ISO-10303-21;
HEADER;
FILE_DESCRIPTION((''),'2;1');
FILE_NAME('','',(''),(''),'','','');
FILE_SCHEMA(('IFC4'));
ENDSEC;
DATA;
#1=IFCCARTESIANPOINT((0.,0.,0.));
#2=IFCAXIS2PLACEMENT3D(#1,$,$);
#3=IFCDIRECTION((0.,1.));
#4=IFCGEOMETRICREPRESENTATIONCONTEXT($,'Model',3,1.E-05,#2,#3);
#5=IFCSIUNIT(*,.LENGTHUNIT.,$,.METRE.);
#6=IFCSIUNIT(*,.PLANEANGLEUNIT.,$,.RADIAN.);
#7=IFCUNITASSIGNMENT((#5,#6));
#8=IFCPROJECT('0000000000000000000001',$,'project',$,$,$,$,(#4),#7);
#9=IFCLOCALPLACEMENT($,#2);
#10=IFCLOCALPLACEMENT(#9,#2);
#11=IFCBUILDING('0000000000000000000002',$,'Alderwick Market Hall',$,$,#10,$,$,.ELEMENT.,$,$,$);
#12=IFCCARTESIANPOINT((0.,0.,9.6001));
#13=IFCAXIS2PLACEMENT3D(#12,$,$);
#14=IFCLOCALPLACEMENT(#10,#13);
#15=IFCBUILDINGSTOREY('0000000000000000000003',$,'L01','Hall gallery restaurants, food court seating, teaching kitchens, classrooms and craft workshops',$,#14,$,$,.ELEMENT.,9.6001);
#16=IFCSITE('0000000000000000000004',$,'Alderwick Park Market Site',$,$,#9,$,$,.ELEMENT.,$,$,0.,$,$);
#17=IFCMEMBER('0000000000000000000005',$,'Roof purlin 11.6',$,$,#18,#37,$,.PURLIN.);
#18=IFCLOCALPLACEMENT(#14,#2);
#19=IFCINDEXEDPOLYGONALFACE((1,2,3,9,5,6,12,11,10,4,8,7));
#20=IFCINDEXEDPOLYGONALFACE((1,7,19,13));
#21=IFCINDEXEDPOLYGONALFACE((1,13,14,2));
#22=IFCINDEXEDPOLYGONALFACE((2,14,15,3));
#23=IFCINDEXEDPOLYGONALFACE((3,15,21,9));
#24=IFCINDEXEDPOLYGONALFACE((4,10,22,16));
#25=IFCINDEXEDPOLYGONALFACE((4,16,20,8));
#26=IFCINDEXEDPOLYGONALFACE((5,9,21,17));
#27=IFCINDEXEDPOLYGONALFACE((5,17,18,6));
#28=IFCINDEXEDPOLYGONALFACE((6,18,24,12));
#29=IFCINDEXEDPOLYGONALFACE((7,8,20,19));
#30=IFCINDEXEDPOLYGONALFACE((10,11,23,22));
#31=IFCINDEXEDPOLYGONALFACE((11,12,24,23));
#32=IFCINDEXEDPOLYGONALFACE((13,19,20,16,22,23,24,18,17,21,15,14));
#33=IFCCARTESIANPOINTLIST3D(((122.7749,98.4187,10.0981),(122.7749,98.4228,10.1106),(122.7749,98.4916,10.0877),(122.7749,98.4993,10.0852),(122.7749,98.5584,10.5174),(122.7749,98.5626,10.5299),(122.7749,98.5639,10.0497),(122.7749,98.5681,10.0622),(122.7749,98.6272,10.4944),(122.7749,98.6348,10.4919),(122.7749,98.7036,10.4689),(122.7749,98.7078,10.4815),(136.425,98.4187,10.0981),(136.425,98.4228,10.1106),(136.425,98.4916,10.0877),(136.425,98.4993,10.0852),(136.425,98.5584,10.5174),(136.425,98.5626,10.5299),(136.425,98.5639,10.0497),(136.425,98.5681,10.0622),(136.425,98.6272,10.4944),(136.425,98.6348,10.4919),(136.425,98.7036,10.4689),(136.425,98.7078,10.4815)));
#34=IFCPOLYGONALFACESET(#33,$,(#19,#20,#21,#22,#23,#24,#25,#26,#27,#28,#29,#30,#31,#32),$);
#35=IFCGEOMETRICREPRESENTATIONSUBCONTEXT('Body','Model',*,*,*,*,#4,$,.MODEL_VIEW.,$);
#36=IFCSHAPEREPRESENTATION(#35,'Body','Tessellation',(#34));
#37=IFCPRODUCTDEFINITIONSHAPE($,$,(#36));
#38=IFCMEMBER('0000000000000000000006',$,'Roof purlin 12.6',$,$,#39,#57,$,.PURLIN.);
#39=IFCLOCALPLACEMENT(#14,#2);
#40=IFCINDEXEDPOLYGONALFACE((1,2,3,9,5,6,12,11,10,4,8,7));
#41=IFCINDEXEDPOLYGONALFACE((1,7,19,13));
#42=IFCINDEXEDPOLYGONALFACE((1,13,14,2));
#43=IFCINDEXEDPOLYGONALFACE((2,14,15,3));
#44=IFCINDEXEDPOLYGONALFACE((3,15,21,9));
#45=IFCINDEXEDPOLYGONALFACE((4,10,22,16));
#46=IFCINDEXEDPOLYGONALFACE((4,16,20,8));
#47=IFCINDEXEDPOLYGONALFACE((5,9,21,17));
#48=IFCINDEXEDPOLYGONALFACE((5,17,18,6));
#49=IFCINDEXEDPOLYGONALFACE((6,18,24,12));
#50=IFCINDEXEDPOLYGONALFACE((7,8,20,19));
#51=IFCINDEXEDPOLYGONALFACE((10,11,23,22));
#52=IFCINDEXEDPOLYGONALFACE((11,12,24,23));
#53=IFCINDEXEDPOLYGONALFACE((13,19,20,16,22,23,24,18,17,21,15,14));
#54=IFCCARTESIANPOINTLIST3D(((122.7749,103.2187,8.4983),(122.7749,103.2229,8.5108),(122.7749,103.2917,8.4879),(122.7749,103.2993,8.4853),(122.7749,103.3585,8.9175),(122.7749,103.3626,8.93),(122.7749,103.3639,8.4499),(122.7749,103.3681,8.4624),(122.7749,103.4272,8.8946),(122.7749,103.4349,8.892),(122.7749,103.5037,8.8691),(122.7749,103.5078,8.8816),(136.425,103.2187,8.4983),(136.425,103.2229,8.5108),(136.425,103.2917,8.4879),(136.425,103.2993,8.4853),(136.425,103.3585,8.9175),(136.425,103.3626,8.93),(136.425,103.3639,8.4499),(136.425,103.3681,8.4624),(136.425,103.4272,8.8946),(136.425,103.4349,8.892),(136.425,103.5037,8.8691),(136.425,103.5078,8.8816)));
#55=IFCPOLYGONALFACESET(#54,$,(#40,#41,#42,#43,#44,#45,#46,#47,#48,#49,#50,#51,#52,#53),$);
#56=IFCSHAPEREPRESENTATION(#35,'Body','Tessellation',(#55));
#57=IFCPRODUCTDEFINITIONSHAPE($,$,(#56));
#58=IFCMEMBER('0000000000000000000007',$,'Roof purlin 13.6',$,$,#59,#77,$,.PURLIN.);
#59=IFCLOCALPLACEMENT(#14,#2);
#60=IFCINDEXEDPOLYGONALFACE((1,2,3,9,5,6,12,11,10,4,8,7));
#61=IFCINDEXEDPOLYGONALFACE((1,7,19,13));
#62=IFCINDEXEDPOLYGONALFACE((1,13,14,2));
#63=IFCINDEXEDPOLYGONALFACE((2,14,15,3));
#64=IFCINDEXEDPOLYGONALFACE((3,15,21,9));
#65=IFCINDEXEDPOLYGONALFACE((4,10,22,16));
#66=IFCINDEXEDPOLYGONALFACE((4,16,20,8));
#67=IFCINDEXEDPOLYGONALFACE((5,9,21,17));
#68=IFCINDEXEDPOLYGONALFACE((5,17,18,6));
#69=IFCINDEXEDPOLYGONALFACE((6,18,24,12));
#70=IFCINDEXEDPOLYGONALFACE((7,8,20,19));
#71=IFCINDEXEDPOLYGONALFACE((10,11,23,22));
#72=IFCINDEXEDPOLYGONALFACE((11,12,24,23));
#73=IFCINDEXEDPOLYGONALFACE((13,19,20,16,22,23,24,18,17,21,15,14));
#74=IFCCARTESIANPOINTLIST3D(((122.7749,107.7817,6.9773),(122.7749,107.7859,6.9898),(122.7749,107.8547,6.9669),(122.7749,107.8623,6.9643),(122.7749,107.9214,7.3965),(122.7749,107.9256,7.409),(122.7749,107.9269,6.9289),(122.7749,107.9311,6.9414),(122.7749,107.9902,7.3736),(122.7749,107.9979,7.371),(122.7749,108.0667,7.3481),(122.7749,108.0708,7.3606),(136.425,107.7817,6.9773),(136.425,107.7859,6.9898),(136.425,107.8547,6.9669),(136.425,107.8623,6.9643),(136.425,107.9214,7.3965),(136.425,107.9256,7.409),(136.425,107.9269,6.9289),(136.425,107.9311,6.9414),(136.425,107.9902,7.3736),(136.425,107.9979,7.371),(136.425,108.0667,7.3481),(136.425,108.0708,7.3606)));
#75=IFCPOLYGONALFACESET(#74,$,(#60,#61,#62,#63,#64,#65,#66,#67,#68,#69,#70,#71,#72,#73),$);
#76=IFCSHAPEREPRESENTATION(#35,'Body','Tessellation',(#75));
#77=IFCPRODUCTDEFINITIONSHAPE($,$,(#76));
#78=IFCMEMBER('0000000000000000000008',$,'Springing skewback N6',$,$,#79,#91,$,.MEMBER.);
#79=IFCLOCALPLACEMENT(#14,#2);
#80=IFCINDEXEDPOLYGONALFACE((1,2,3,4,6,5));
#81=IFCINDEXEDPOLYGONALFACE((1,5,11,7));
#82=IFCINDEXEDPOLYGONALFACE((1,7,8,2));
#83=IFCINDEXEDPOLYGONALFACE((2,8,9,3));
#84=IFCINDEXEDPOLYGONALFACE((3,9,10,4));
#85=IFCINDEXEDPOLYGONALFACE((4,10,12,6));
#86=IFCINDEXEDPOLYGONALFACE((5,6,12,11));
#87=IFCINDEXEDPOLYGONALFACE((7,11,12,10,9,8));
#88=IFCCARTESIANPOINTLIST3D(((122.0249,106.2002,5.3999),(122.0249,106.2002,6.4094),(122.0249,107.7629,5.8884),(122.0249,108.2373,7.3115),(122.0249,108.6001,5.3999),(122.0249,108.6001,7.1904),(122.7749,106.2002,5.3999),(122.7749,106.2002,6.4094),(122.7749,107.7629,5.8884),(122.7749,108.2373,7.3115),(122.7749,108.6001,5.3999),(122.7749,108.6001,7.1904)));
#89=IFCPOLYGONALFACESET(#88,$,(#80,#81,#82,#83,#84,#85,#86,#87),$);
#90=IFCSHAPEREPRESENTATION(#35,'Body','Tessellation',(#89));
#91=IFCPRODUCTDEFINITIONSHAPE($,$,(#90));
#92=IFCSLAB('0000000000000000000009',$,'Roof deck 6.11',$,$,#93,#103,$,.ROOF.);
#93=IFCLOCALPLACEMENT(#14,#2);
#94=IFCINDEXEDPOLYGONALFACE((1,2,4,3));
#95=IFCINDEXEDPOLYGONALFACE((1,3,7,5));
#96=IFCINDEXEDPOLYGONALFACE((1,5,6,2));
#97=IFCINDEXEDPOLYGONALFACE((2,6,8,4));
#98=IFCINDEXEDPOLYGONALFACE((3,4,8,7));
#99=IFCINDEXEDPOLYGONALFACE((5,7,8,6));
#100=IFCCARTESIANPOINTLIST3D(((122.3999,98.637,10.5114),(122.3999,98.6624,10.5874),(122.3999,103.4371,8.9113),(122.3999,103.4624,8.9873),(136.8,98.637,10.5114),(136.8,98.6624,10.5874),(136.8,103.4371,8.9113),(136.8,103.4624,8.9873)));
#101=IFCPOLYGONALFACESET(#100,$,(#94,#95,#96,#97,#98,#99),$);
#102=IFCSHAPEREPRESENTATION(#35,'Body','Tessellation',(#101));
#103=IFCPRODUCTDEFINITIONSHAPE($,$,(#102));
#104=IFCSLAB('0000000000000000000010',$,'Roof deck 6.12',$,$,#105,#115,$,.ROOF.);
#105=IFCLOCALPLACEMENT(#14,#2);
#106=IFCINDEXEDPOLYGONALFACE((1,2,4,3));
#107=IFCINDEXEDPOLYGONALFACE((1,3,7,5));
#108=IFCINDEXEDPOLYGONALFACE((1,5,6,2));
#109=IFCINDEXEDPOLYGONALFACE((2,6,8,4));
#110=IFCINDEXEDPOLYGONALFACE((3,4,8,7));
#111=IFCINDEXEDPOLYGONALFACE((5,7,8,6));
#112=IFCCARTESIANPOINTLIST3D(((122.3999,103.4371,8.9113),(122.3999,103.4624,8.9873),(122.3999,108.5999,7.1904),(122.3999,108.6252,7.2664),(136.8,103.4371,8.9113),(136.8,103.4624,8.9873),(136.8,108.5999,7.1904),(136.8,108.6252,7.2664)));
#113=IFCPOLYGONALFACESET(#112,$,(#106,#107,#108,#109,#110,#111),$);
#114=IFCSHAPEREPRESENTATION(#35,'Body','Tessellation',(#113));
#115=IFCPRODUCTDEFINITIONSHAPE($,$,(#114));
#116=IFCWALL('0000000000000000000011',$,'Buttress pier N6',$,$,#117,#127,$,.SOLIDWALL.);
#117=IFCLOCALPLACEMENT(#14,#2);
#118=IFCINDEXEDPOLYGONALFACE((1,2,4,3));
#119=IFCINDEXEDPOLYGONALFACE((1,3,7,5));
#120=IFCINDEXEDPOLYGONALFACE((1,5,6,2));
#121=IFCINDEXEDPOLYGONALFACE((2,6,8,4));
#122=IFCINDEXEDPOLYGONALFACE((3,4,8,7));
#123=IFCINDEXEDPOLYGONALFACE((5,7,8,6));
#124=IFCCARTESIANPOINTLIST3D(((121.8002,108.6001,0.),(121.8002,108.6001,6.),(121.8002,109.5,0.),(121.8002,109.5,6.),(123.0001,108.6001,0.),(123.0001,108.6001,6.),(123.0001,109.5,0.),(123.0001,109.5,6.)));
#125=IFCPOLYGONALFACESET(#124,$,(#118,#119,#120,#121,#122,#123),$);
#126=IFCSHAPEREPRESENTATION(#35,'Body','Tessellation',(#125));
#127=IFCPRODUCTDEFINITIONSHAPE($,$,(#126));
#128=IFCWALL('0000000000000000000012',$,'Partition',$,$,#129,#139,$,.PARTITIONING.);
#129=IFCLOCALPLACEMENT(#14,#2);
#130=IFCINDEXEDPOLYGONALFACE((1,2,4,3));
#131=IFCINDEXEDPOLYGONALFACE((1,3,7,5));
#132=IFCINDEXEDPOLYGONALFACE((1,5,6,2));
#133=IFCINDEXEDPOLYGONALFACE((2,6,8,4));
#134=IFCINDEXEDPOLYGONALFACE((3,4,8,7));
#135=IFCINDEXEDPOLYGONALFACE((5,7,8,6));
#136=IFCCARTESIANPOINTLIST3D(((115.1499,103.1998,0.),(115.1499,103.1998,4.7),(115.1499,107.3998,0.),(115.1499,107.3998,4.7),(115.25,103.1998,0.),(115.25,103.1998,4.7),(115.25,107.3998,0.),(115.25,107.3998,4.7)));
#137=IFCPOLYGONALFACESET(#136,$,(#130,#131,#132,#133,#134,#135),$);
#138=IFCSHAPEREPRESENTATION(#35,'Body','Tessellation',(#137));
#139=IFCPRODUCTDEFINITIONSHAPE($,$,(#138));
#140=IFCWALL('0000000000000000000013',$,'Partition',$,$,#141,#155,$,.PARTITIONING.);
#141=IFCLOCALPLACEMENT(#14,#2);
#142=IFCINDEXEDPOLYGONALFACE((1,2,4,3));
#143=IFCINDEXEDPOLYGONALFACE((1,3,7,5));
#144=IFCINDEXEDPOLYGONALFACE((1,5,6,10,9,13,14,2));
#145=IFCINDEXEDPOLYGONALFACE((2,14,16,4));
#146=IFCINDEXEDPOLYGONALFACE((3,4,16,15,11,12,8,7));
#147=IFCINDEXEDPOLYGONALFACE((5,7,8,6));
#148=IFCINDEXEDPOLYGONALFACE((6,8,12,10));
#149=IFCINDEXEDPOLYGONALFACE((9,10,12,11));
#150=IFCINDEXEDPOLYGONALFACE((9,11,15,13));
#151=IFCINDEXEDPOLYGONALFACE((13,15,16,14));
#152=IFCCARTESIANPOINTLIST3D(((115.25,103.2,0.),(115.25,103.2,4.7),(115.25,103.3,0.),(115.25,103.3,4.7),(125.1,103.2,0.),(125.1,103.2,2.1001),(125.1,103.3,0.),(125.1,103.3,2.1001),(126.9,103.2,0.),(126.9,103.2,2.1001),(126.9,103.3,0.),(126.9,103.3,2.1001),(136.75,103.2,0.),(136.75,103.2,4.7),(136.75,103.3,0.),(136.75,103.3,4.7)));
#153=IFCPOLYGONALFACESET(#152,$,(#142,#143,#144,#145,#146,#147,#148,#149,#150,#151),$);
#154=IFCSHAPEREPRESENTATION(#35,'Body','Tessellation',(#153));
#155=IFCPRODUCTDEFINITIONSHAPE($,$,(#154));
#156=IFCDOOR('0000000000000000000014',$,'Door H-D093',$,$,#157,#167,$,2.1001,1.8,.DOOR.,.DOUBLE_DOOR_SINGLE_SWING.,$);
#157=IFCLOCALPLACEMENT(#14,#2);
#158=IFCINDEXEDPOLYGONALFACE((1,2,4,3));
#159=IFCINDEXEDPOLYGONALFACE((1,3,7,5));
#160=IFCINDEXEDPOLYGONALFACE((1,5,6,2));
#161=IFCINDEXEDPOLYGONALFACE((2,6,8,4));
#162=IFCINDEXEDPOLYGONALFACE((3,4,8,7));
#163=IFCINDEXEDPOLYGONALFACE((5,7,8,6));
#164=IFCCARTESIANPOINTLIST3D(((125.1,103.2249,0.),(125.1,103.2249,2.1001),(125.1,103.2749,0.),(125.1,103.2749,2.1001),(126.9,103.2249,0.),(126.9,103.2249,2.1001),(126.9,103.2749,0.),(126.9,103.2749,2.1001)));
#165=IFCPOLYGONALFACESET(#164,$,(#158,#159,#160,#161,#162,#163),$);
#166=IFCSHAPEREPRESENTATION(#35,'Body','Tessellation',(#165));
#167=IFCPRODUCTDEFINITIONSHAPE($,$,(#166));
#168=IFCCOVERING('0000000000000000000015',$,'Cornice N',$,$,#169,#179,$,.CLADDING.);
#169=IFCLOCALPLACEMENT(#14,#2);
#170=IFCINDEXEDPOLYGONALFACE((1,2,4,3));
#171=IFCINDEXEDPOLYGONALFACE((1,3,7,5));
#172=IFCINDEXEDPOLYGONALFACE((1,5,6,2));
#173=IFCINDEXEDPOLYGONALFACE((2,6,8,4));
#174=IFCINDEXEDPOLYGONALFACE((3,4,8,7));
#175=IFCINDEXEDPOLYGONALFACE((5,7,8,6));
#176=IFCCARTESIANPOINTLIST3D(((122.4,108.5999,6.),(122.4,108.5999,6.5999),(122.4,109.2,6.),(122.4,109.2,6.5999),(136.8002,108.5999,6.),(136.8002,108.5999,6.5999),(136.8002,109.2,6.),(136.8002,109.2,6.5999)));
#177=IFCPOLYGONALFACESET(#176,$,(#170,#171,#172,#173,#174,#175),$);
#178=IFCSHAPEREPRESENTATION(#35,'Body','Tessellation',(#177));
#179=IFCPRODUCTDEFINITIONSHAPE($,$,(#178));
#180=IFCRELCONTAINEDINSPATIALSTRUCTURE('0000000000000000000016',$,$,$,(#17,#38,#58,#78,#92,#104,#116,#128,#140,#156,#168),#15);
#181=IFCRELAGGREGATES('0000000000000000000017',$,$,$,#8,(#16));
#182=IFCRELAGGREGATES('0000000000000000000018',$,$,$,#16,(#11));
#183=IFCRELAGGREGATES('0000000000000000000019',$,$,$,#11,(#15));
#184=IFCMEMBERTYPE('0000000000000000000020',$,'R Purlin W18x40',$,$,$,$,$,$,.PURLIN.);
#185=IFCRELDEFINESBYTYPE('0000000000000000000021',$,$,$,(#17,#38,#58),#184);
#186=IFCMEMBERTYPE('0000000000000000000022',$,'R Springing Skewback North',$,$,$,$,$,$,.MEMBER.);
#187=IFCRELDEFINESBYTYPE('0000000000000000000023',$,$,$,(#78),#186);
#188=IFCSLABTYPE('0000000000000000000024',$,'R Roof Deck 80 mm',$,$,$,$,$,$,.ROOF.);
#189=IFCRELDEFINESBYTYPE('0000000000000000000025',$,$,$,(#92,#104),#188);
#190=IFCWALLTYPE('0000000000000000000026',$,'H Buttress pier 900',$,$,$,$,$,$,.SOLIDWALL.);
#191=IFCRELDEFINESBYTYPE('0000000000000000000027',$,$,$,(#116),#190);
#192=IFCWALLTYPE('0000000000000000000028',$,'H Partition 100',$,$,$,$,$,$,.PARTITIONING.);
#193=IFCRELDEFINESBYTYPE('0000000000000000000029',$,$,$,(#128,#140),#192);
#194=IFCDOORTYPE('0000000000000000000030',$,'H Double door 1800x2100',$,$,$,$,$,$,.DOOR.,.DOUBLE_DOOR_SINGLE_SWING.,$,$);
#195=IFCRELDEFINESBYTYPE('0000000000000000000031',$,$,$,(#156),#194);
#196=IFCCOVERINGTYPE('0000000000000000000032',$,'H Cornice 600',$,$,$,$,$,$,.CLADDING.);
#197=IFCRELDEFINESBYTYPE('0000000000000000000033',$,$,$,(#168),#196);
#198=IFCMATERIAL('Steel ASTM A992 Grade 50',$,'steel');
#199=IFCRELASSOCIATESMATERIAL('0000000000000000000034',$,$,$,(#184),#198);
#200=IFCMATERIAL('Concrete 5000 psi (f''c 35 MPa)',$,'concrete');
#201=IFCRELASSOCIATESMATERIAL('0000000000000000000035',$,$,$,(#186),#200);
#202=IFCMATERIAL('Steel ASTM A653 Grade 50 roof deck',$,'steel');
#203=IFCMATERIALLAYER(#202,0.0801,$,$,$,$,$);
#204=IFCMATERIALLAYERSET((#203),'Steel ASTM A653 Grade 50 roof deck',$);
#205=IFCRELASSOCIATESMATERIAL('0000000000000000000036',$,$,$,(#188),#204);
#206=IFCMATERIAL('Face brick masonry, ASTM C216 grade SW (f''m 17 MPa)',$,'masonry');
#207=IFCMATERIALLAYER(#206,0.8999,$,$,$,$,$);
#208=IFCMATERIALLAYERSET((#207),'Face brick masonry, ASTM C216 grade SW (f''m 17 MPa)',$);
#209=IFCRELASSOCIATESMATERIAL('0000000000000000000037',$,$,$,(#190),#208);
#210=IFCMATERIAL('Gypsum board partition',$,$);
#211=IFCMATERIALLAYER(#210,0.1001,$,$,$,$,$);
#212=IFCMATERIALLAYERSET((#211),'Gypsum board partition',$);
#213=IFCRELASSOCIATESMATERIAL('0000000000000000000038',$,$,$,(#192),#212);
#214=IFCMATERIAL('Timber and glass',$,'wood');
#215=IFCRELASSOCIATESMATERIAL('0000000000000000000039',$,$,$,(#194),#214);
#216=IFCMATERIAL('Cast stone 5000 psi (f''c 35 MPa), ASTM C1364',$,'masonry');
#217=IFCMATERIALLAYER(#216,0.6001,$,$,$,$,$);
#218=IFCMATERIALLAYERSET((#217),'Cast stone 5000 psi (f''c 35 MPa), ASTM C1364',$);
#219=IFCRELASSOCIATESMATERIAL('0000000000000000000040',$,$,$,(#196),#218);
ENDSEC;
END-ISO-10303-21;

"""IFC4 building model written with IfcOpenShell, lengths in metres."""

from ifc_helpers import new_model, si_unit, direction, frame, frame_2d, origin, origin_2d, place, context, subcontext, project, spatial, polyline, rectangle, i_section, outline, extrude, material, layer, layer_set, material_profile, profile_set, type_object, element, fill, save


model = new_model("IFC4")

# Units and contexts
model_context = context("Model", 3, precision=1e-05, world=origin(), true_north=direction((0.0, 1.0)))
body_context = subcontext(model_context, "Body", "Model", "MODEL_VIEW")
ifc_project = project(units=[si_unit("LENGTHUNIT", "METRE"), si_unit("PLANEANGLEUNIT", "RADIAN")], contexts=[model_context])

# Site, building, storey
site_placement = place(None, origin())
site = spatial("IfcSite", under=ifc_project, at=site_placement, Name="Alderwick Park Market Site", CompositionType="ELEMENT", RefElevation=0.0)
building_placement = place(site_placement, origin())
building = spatial("IfcBuilding", under=site, at=building_placement, Name="Alderwick Market Hall", CompositionType="ELEMENT")
storey_placement = place(building_placement, frame((0.0, 0.0, 9.6001)))
storey = spatial("IfcBuildingStorey", under=building, at=storey_placement, Name="L01", Description="Hall gallery restaurants, food court seating, teaching kitchens, classrooms and craft workshops", CompositionType="ELEMENT", Elevation=9.6001)

# Shared definitions
ifc_material_1 = material(Name="Concrete 5000 psi (f'c 35 MPa)", Category="concrete")

# Members
ifc_material_2 = material(Name="Steel ASTM A992 Grade 50", Category="steel")
ifc_material_profile_1 = material_profile(ifc_material_2, i_section(OverallWidth=0.1531, OverallDepth=0.4551, WebThickness=0.0081, FlangeThickness=0.0132, at=origin_2d()), Name="W18x40")
ifc_profile_set_1 = profile_set([ifc_material_profile_1], Name="Steel ASTM A992 Grade 50")
member_type_1 = type_object("IfcMemberType", Name="R Purlin W18x40", PredefinedType="PURLIN", material=ifc_profile_set_1)
for number, where, z_axis, x_axis, name in (
    (1, (122.7749, 98.5632, 10.2898), (1.0, 0.0, 0.0), (0.0, 0.948683, -0.316228), "Roof purlin 11.6"),
    (2, (122.7749, 103.3633, 8.6899), (1.0, 0.0, 0.0), (0.0, 0.948683, -0.316228), "Roof purlin 12.6"),
    (3, (122.7749, 107.9263, 7.1689), (1.0, 0.0, 0.0), (0.0, 0.948683, -0.316228), "Roof purlin 13.6"),
):
    element("IfcMember", number, at=place(storey_placement, frame(where, z_axis=z_axis, x_axis=x_axis)), inside=storey, type_object=member_type_1, Name=name, PredefinedType="PURLIN", context=body_context, shape_type="SweptSolid", body=[
        extrude(i_section(OverallWidth=0.1531, OverallDepth=0.4551, WebThickness=0.0081, FlangeThickness=0.0132, at=origin_2d()), origin(), (0.0, 0.0, 1.0), 13.6501),
    ])
ifc_material_profile_2 = material_profile(ifc_material_1, outline(polyline([(0.0, 0.0), (-2.3999, 0.0), (-2.3999, 1.0095), (-0.8372, 0.4885), (-0.3628, 1.9116), (0.0, 1.7905), (0.0, 0.0)])), Name="RC skewback N")
ifc_profile_set_2 = profile_set([ifc_material_profile_2], Name="Concrete 5000 psi (f'c 35 MPa)")
member_type_2 = type_object("IfcMemberType", Name="R Springing Skewback North", PredefinedType="MEMBER", material=ifc_profile_set_2)
member_1_placement = place(storey_placement, frame((122.0249, 108.6001, 5.3999), z_axis=(1.0, 0.0, 0.0), x_axis=(0.0, 1.0, 0.0)))
element("IfcMember", 4, at=member_1_placement, inside=storey, type_object=member_type_2, Name="Springing skewback N6", PredefinedType="MEMBER", context=body_context, shape_type="SweptSolid", body=[
    extrude(outline(polyline([(0.0, 0.0), (-2.3999, 0.0), (-2.3999, 1.0095), (-0.8372, 0.4885), (-0.3628, 1.9116), (0.0, 1.7905), (0.0, 0.0)])), origin(), (0.0, 0.0, 1.0), 0.75),
])

# Slabs
ifc_material_3 = material(Name="Steel ASTM A653 Grade 50 roof deck", Category="steel")
ifc_layer_1 = layer(ifc_material_3, 0.0801)
ifc_layer_set_1 = layer_set([ifc_layer_1], Name="Steel ASTM A653 Grade 50 roof deck")
slab_type = type_object("IfcSlabType", Name="R Roof Deck 80 mm", PredefinedType="ROOF", material=ifc_layer_set_1)
slab_1_placement = place(storey_placement, frame((122.3999, 98.6624, 10.5874), z_axis=(0.0, 0.316242, 0.948678), x_axis=(1.0, 0.0, 0.0)))
element("IfcSlab", 5, at=slab_1_placement, inside=storey, type_object=slab_type, Name="Roof deck 6.11", PredefinedType="ROOF", context=body_context, shape_type="SweptSolid", body=[
    extrude(outline(polyline([(0.0, 0.0), (14.4001, 0.0), (14.4001, 5.0597), (0.0, 5.0597), (0.0, 0.0)])), origin(), (0.0, 0.0, -1.0), 0.0801),
])
slab_2_placement = place(storey_placement, frame((122.3999, 103.4624, 8.9873), z_axis=(0.0, 0.316228, 0.948683), x_axis=(1.0, 0.0, 0.0)))
element("IfcSlab", 6, at=slab_2_placement, inside=storey, type_object=slab_type, Name="Roof deck 6.12", PredefinedType="ROOF", context=body_context, shape_type="SweptSolid", body=[
    extrude(outline(polyline([(0.0, 0.0), (14.4001, 0.0), (14.4001, 5.4421), (0.0, 5.4421), (0.0, 0.0)])), origin(), (0.0, 0.0, -1.0), 0.0801),
])

# Walls
ifc_material_4 = material(Name="Face brick masonry, ASTM C216 grade SW (f'm 17 MPa)", Category="masonry")
ifc_layer_2 = layer(ifc_material_4, 0.8999)
ifc_layer_set_2 = layer_set([ifc_layer_2], Name="Face brick masonry, ASTM C216 grade SW (f'm 17 MPa)")
wall_type_1 = type_object("IfcWallType", Name="H Buttress pier 900", PredefinedType="SOLIDWALL", material=ifc_layer_set_2)
wall_1_placement = place(storey_placement, frame((121.8, 109.05, 0.0), z_axis=(0.0, 0.0, 1.0), x_axis=(1.0, 0.0, 0.0)))
element("IfcWall", 7, at=wall_1_placement, inside=storey, type_object=wall_type_1, Name="Buttress pier N6", PredefinedType="SOLIDWALL", context=body_context, shape_type="SweptSolid", body=[
    extrude(rectangle(XDim=1.2, YDim=0.8999, at=frame_2d((0.6001, 0.0))), origin(), (0.0, 0.0, 1.0), 6.0),
])
ifc_material_5 = material(Name="Gypsum board partition")
ifc_layer_3 = layer(ifc_material_5, 0.1001)
ifc_layer_set_3 = layer_set([ifc_layer_3], Name="Gypsum board partition")
wall_type_2 = type_object("IfcWallType", Name="H Partition 100", PredefinedType="PARTITIONING", material=ifc_layer_set_3)
wall_2_placement = place(storey_placement, frame((115.2, 107.3999, 0.0), z_axis=(0.0, 0.0, 1.0), x_axis=(0.0, -1.0, 0.0)))
element("IfcWall", 8, at=wall_2_placement, inside=storey, type_object=wall_type_2, Name="Partition", PredefinedType="PARTITIONING", context=body_context, shape_type="SweptSolid", body=[
    extrude(rectangle(XDim=4.2, YDim=0.1001, at=frame_2d((2.1001, 0.0))), origin(), (0.0, 0.0, 1.0), 4.7),
])

# Wall, opening, door
wall_3_placement = place(storey_placement, frame((115.25, 103.25, 0.0), z_axis=(0.0, 0.0, 1.0), x_axis=(1.0, 0.0, 0.0)))
wall_3 = element("IfcWall", 9, at=wall_3_placement, inside=storey, type_object=wall_type_2, Name="Partition", PredefinedType="PARTITIONING", context=body_context, shape_type="SweptSolid", body=[
    extrude(rectangle(XDim=21.5, YDim=0.1001, at=frame_2d((10.75, 0.0))), origin(), (0.0, 0.0, 1.0), 4.7),
])
opening_placement = place(wall_3_placement, frame((9.8501, 0.0, 0.0)))
opening = element("IfcOpeningElement", 10, at=opening_placement, cuts=wall_3, PredefinedType="OPENING", context=body_context, shape_type="SweptSolid", body=[
    extrude(rectangle(XDim=1.8, YDim=2.1001, at=frame_2d((0.8999, 1.05))), frame((0.0, 0.0601, 0.0), z_axis=(0.0, -1.0, 0.0), x_axis=(1.0, 0.0, 0.0)), (0.0, 0.0, 1.0), 0.1201),
])
ifc_material_6 = material(Name="Timber and glass", Category="wood")
door_type = type_object("IfcDoorType", Name="H Double door 1800x2100", OperationType="DOUBLE_DOOR_SINGLE_SWING", PredefinedType="DOOR", material=ifc_material_6)
door_placement = place(opening_placement, origin())
door = element("IfcDoor", 11, at=door_placement, inside=storey, type_object=door_type, Name="Door H-D093", OperationType="DOUBLE_DOOR_SINGLE_SWING", OverallHeight=2.1001, OverallWidth=1.8, PredefinedType="DOOR", context=body_context, shape_type="SweptSolid", body=[
    extrude(rectangle(XDim=1.8, YDim=2.1001, at=frame_2d((0.8999, 1.05))), frame((0.0, 0.0249, 0.0), z_axis=(0.0, -1.0, 0.0), x_axis=(1.0, 0.0, 0.0)), (0.0, 0.0, 1.0), 0.05),
])
fill(opening, door)

# Covering
ifc_material_7 = material(Name="Cast stone 5000 psi (f'c 35 MPa), ASTM C1364", Category="masonry")
ifc_layer_4 = layer(ifc_material_7, 0.6001)
ifc_layer_set_4 = layer_set([ifc_layer_4], Name="Cast stone 5000 psi (f'c 35 MPa), ASTM C1364")
covering_type_1 = type_object("IfcCoveringType", Name="H Cornice 600", PredefinedType="CLADDING", material=ifc_layer_set_4)
covering_1_placement = place(storey_placement, frame((122.3999, 108.8999, 6.0), z_axis=(0.0, 0.0, 1.0), x_axis=(1.0, 0.0, 0.0)))
element("IfcCovering", 12, at=covering_1_placement, inside=storey, type_object=covering_type_1, Name="Cornice N", PredefinedType="CLADDING", context=body_context, shape_type="SweptSolid", body=[
    extrude(rectangle(XDim=14.4001, YDim=0.6001, at=frame_2d((7.2002, 0.0))), origin(), (0.0, 0.0, 1.0), 0.5999),
])

save(model, "model.ifc")
